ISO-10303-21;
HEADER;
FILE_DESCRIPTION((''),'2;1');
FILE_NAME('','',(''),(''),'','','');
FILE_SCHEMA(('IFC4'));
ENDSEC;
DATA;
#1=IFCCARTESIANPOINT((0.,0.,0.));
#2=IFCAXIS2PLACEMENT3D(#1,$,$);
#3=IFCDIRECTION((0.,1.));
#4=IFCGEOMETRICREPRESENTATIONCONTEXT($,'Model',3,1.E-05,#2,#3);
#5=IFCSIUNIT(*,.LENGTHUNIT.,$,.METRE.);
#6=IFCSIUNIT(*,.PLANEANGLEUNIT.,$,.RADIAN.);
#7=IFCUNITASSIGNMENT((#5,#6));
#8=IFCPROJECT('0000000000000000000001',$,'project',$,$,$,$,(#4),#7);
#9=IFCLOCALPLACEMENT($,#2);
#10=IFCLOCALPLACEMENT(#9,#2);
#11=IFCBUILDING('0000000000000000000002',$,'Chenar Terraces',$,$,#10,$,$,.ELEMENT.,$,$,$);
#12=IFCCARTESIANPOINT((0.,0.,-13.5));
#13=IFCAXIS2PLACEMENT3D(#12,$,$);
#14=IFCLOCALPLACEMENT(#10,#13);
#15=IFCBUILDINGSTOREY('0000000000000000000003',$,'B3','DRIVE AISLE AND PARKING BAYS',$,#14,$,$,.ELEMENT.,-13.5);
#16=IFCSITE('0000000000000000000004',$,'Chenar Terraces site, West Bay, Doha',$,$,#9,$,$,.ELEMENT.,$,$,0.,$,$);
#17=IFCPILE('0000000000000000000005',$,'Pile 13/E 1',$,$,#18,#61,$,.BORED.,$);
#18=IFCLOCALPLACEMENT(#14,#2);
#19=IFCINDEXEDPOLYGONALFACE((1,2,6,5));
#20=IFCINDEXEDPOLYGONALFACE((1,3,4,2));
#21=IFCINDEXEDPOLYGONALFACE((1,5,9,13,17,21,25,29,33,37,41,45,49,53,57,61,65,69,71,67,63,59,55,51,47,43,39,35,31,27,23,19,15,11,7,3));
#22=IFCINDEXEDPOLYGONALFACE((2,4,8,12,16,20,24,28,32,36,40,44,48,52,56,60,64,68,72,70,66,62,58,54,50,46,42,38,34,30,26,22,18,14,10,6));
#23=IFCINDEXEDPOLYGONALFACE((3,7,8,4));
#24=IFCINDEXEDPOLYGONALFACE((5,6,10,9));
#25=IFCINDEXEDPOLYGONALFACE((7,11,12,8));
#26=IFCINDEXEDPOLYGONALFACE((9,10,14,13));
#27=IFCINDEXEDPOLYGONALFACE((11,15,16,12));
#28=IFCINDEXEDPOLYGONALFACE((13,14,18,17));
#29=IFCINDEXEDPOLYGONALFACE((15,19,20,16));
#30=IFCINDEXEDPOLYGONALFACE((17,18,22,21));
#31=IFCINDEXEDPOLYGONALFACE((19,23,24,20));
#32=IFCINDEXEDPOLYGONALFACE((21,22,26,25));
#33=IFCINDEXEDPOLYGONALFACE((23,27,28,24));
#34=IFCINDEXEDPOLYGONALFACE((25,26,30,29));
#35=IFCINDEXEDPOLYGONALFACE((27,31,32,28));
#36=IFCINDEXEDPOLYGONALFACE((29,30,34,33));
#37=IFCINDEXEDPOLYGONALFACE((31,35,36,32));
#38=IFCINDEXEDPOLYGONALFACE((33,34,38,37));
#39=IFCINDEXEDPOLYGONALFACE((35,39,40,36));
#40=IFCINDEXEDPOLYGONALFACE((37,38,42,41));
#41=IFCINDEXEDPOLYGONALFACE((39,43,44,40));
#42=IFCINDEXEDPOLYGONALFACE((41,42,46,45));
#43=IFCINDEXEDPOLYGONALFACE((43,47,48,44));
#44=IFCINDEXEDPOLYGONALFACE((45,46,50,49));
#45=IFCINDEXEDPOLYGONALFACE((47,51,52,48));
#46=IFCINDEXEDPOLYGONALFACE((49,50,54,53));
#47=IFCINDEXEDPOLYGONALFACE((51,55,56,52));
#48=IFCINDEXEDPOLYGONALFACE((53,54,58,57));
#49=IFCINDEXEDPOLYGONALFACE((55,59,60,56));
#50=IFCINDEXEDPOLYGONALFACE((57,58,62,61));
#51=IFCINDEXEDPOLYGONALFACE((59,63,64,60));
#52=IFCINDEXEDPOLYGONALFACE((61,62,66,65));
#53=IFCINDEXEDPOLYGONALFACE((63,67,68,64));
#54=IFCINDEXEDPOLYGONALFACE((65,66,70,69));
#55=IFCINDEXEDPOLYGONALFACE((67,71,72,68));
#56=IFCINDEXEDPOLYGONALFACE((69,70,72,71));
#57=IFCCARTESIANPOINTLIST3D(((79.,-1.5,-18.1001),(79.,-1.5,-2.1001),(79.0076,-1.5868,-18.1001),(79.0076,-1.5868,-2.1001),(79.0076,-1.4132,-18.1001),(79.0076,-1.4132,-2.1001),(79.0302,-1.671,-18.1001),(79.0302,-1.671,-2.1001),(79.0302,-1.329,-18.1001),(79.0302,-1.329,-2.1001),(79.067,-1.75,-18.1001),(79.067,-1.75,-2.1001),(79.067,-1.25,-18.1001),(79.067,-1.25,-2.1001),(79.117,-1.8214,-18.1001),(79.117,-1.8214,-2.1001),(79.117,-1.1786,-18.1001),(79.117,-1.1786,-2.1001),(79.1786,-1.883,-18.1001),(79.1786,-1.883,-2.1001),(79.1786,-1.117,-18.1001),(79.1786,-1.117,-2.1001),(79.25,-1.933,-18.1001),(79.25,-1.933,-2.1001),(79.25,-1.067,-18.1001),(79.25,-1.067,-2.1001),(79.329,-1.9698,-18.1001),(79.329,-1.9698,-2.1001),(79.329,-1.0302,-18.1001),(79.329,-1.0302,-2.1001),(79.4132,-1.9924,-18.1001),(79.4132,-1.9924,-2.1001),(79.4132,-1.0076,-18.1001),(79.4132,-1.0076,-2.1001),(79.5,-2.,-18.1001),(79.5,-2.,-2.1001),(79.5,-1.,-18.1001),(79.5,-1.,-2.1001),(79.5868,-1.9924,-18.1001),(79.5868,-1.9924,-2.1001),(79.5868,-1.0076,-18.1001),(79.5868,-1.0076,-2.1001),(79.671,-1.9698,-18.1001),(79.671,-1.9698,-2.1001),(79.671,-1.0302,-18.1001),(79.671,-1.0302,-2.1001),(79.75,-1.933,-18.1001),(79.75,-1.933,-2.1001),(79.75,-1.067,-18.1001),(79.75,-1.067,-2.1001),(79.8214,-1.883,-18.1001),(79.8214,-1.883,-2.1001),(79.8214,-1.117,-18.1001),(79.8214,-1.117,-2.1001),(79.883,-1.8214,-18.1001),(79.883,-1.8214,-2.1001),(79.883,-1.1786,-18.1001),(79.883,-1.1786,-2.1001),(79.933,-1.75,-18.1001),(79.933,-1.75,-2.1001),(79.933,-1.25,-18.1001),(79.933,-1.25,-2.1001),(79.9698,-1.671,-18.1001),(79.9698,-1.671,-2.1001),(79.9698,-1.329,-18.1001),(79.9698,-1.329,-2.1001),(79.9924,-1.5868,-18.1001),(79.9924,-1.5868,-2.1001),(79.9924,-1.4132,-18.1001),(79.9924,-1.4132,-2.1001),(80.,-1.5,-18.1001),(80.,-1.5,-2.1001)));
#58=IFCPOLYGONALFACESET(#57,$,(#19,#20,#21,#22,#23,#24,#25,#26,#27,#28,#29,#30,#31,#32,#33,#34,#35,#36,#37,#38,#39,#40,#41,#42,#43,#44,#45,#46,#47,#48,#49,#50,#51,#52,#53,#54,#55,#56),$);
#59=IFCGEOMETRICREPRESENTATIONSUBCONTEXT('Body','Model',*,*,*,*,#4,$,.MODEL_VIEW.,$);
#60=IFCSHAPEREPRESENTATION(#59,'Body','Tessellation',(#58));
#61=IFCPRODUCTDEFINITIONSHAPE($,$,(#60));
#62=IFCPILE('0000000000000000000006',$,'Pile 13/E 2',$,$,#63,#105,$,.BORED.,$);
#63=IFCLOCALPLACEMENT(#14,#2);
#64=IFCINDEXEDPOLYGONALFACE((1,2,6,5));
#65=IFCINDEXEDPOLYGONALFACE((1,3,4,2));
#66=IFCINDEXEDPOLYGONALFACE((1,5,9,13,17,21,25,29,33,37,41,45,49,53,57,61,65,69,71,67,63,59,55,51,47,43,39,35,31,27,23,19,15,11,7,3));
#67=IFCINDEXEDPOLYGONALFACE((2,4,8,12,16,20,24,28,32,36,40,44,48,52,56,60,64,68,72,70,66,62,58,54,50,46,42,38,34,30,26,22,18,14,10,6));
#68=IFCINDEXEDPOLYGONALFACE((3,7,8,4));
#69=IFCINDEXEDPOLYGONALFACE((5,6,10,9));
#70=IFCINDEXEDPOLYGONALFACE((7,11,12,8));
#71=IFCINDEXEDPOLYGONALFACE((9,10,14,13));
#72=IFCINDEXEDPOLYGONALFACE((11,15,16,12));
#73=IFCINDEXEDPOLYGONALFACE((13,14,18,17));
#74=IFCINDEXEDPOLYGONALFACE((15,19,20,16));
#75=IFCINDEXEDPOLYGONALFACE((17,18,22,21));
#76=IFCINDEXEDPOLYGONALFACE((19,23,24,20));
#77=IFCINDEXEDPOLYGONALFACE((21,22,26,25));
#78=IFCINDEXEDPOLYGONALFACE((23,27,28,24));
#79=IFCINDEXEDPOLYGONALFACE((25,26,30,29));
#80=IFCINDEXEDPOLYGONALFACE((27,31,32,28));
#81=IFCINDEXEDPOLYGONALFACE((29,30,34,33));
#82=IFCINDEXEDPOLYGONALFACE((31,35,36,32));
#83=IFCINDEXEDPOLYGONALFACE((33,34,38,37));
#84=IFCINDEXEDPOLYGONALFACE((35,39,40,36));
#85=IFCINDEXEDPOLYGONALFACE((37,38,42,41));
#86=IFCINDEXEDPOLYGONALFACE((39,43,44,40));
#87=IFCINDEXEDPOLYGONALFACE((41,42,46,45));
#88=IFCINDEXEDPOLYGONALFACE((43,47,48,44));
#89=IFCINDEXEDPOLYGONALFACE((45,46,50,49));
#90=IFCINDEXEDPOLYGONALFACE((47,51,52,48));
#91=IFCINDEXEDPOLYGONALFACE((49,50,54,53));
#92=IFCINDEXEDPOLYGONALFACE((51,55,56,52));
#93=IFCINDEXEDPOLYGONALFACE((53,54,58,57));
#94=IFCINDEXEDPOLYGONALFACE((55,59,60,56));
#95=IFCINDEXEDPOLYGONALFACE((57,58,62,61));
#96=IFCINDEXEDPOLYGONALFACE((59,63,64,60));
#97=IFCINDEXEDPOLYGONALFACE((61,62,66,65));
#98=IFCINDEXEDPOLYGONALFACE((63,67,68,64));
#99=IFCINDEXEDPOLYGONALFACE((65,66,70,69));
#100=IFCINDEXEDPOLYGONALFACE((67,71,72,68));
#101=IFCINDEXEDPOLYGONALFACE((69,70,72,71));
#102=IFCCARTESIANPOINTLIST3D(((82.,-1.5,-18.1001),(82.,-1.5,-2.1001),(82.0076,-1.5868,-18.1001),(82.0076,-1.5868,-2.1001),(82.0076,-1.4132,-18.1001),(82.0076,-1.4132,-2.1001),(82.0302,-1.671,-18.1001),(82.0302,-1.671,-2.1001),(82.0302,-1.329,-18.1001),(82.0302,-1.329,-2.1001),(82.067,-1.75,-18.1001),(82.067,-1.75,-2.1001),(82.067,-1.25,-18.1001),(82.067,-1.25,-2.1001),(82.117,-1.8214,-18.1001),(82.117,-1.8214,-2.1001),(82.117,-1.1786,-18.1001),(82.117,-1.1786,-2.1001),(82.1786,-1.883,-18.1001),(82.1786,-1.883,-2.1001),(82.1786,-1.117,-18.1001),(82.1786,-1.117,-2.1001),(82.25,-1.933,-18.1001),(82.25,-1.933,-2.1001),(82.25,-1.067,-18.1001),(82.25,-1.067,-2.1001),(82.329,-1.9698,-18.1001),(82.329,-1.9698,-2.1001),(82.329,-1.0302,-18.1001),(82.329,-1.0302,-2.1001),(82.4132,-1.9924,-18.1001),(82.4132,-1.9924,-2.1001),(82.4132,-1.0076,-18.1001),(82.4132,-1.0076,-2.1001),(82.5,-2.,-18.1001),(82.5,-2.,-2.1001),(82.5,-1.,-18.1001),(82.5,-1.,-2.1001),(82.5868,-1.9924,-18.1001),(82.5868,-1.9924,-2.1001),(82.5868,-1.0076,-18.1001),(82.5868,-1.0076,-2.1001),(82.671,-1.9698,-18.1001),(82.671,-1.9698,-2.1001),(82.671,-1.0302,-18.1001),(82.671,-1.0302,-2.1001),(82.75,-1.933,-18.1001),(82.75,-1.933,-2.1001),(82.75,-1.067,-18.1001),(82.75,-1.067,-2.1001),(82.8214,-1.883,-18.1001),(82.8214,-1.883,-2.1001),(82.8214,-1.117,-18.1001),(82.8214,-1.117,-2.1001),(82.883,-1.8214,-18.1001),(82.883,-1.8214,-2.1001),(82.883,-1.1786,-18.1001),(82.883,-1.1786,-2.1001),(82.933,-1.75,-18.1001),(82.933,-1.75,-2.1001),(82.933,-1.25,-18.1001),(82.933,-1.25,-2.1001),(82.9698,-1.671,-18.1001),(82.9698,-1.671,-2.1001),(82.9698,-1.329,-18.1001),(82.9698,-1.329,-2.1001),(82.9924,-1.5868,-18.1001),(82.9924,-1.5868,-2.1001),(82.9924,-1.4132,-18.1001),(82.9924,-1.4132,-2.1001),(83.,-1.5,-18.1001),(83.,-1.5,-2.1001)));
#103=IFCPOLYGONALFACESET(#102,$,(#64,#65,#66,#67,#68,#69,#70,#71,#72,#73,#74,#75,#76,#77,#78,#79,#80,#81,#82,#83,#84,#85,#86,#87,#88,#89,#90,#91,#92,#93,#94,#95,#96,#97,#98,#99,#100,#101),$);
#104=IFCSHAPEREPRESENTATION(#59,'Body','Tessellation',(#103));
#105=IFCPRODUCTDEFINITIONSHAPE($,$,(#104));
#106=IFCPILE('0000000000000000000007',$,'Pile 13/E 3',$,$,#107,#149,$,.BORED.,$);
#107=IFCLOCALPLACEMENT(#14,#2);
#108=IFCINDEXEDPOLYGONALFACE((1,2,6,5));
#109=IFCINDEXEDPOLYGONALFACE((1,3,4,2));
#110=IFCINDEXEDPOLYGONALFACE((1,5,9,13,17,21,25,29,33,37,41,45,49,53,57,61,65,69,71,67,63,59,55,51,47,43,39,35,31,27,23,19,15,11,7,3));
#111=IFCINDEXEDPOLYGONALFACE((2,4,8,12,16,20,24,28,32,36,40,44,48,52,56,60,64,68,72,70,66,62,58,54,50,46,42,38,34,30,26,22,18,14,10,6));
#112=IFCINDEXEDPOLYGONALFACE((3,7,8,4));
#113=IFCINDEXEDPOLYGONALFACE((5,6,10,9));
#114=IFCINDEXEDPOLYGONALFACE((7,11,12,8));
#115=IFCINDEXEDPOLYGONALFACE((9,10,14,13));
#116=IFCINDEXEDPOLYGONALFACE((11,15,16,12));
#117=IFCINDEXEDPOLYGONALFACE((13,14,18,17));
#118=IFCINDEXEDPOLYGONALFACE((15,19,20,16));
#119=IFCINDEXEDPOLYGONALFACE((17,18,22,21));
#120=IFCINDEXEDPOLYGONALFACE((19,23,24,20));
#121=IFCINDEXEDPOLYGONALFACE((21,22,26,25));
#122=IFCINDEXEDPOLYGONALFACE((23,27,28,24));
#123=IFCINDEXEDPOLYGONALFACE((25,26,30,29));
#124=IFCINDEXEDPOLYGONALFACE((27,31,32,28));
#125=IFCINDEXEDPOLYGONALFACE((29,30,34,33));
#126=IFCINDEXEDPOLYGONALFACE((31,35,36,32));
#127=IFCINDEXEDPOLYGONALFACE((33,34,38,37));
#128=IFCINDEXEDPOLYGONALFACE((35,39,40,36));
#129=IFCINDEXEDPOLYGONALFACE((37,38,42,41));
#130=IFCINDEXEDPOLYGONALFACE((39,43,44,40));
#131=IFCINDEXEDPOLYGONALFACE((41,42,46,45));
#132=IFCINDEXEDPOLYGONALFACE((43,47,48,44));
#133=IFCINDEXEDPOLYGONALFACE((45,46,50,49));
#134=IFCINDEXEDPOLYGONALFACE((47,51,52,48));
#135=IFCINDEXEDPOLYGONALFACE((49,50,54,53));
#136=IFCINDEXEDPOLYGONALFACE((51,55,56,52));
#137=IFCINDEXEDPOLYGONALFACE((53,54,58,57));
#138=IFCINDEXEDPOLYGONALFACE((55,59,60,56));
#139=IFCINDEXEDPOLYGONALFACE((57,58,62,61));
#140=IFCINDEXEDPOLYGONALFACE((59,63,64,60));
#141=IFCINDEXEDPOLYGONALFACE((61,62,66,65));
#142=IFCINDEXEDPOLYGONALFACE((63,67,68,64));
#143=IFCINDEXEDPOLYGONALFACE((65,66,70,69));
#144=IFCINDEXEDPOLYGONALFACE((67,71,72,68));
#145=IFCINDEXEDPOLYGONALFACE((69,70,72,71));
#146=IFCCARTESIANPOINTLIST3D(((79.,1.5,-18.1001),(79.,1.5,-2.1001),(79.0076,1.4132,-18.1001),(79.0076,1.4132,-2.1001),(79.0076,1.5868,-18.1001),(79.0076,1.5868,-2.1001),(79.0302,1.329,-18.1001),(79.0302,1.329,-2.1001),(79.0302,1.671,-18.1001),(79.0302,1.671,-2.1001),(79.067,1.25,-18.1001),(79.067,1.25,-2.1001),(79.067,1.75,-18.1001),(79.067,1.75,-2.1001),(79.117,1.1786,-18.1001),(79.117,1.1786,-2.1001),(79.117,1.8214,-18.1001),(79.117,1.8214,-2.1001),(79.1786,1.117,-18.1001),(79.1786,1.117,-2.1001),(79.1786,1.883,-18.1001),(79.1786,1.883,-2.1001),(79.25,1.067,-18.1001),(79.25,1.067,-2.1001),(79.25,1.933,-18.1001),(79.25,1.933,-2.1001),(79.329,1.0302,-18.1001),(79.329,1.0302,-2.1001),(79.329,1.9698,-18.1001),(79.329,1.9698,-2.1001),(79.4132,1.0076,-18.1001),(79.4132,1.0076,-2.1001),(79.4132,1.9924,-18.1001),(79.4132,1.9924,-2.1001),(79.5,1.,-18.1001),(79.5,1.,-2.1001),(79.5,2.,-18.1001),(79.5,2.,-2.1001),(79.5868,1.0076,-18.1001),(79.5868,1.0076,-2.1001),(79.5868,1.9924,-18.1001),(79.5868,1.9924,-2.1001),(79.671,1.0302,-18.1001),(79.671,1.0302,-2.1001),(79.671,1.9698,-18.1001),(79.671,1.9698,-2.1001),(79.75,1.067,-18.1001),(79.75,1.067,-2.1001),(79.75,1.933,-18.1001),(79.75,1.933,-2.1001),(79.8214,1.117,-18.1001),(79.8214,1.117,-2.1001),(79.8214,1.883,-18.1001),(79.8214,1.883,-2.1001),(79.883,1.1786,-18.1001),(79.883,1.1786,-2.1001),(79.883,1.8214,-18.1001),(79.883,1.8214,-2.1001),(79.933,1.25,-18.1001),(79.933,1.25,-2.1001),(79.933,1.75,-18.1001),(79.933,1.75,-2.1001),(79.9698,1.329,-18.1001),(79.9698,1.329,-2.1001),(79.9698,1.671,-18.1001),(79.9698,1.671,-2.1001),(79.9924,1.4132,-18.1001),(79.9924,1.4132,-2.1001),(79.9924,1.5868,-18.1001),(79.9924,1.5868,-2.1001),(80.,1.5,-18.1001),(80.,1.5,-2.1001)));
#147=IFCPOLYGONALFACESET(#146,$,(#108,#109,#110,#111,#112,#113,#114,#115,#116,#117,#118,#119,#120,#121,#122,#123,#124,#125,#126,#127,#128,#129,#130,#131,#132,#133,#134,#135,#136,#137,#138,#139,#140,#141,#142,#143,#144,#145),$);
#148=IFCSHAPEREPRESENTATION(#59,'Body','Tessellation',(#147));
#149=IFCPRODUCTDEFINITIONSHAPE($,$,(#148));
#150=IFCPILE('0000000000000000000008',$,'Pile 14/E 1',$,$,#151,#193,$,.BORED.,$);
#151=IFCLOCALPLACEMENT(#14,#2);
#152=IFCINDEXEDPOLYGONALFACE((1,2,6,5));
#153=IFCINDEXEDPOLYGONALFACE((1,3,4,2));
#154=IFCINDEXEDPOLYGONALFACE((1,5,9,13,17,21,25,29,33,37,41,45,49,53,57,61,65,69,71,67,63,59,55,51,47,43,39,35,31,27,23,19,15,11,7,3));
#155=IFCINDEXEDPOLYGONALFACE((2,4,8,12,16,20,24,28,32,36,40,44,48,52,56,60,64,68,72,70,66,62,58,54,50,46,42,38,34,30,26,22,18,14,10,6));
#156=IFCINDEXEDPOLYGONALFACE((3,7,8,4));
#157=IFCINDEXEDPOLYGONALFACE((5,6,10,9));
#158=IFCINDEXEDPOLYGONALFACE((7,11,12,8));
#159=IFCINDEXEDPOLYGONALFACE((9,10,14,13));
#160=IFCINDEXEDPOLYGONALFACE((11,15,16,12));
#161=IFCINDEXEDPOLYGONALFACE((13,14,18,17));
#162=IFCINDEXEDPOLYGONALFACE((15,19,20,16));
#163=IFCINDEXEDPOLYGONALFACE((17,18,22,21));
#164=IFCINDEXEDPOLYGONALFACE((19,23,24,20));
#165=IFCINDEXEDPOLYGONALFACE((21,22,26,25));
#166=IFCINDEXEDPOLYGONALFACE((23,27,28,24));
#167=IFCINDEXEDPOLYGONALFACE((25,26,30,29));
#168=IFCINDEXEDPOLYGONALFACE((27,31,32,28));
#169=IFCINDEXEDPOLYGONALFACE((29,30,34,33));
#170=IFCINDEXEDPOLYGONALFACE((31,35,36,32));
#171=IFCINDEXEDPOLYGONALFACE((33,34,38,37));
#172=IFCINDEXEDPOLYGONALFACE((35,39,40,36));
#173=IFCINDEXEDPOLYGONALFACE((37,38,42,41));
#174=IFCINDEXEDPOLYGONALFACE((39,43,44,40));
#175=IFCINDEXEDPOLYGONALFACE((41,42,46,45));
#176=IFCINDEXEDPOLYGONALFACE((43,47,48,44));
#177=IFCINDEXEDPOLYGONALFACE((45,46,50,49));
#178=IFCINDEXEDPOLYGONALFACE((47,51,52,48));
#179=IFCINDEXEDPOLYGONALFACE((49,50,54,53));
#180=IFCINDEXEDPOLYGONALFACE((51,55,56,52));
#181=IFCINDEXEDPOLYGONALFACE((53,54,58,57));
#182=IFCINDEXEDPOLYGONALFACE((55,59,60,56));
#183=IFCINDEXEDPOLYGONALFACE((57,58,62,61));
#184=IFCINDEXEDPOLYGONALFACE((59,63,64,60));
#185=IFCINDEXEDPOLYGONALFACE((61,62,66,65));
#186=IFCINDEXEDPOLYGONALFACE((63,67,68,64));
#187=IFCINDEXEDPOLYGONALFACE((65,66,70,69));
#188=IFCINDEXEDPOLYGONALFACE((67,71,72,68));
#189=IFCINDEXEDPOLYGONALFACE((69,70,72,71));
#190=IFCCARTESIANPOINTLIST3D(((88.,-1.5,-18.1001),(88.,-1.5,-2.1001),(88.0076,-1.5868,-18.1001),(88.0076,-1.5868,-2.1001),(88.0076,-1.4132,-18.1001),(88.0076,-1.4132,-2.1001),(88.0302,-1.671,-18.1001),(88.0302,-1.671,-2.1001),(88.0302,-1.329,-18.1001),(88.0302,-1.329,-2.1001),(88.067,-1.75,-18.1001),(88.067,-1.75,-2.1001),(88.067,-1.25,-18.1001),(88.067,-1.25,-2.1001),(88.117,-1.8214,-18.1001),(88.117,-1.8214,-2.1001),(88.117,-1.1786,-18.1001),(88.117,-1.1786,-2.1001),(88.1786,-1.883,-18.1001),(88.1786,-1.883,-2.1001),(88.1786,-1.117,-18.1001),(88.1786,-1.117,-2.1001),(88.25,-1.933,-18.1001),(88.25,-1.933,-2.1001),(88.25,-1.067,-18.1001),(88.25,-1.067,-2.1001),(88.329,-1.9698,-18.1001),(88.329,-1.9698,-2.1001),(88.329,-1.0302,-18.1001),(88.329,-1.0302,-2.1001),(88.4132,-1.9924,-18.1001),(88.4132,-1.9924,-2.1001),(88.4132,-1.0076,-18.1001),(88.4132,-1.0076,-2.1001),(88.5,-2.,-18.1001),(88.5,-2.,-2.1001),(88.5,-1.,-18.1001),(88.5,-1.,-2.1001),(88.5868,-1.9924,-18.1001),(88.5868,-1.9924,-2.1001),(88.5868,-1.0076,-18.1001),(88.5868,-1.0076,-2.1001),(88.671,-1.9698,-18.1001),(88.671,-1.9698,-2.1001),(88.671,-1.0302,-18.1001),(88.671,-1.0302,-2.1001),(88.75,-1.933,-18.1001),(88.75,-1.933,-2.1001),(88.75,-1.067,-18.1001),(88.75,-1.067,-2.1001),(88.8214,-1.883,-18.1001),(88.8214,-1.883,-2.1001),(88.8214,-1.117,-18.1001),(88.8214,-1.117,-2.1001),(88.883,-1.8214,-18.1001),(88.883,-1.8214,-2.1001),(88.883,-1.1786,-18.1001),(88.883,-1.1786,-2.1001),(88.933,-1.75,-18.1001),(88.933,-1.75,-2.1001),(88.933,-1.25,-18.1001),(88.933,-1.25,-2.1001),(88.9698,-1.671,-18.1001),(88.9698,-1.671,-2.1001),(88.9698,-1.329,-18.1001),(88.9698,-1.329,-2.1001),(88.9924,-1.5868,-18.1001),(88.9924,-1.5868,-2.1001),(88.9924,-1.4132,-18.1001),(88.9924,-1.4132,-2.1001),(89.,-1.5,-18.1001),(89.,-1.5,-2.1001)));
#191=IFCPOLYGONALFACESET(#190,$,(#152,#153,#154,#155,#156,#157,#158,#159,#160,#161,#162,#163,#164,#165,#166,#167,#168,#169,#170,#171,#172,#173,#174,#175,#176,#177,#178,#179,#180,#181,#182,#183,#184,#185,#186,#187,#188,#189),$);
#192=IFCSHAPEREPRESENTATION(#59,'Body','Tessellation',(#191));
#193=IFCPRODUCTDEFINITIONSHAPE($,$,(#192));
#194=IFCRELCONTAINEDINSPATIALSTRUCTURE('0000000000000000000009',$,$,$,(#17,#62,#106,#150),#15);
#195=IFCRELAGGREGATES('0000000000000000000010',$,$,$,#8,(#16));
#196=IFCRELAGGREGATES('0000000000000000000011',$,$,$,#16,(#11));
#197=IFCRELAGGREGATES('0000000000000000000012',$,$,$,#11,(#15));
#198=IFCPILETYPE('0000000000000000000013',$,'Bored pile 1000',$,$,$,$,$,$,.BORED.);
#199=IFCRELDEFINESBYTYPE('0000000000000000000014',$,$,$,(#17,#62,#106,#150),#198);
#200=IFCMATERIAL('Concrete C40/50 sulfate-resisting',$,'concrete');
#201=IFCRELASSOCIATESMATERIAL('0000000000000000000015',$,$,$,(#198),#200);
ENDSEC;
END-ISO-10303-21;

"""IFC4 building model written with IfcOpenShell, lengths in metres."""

from ifc_helpers import new_model, si_unit, direction, frame, origin, origin_2d, place, context, subcontext, project, spatial, circle, extrude, material, material_profile, profile_set, type_object, element, save


model = new_model("IFC4")

# Units and contexts
model_context = context("Model", 3, precision=1e-05, world=origin(), true_north=direction((0.0, 1.0)))
body_context = subcontext(model_context, "Body", "Model", "MODEL_VIEW")
ifc_project = project(units=[si_unit("LENGTHUNIT", "METRE"), si_unit("PLANEANGLEUNIT", "RADIAN")], contexts=[model_context])

# Site, building, storey
site_placement = place(None, origin())
site = spatial("IfcSite", under=ifc_project, at=site_placement, Name="Chenar Terraces site, West Bay, Doha", CompositionType="ELEMENT", RefElevation=0.0)
building_placement = place(site_placement, origin())
building = spatial("IfcBuilding", under=site, at=building_placement, Name="Chenar Terraces", CompositionType="ELEMENT")
storey_placement = place(building_placement, frame((0.0, 0.0, -13.5)))
storey = spatial("IfcBuildingStorey", under=building, at=storey_placement, Name="B3", Description="DRIVE AISLE AND PARKING BAYS", CompositionType="ELEMENT", Elevation=-13.5)

# Piles
ifc_material_1 = material(Name="Concrete C40/50 sulfate-resisting", Category="concrete")
ifc_material_profile_1 = material_profile(ifc_material_1, circle(Radius=0.5, at=origin_2d()), Name="BP 1000")
ifc_profile_set_1 = profile_set([ifc_material_profile_1], Name="Concrete C40/50 sulfate-resisting")
pile_type_1 = type_object("IfcPileType", Name="Bored pile 1000", PredefinedType="BORED", material=ifc_profile_set_1)
for number, where, z_axis, x_axis, name in (
    (1, (79.5, -1.5, -2.1001), (0.0, 0.0, -1.0), (1.0, 0.0, 0.0), "Pile 13/E 1"),
    (2, (82.5, -1.5, -2.1001), (0.0, 0.0, -1.0), (1.0, 0.0, 0.0), "Pile 13/E 2"),
    (3, (79.5, 1.5, -2.1001), (0.0, 0.0, -1.0), (1.0, 0.0, 0.0), "Pile 13/E 3"),
    (4, (88.5, -1.5, -2.1001), (0.0, 0.0, -1.0), (1.0, 0.0, 0.0), "Pile 14/E 1"),
):
    element("IfcPile", number, at=place(storey_placement, frame(where, z_axis=z_axis, x_axis=x_axis)), inside=storey, type_object=pile_type_1, Name=name, PredefinedType="BORED", context=body_context, shape_type="SweptSolid", body=[
        extrude(circle(Radius=0.5, at=origin_2d()), origin(), (0.0, 0.0, 1.0), 16.0),
    ])

save(model, "model.ifc")
